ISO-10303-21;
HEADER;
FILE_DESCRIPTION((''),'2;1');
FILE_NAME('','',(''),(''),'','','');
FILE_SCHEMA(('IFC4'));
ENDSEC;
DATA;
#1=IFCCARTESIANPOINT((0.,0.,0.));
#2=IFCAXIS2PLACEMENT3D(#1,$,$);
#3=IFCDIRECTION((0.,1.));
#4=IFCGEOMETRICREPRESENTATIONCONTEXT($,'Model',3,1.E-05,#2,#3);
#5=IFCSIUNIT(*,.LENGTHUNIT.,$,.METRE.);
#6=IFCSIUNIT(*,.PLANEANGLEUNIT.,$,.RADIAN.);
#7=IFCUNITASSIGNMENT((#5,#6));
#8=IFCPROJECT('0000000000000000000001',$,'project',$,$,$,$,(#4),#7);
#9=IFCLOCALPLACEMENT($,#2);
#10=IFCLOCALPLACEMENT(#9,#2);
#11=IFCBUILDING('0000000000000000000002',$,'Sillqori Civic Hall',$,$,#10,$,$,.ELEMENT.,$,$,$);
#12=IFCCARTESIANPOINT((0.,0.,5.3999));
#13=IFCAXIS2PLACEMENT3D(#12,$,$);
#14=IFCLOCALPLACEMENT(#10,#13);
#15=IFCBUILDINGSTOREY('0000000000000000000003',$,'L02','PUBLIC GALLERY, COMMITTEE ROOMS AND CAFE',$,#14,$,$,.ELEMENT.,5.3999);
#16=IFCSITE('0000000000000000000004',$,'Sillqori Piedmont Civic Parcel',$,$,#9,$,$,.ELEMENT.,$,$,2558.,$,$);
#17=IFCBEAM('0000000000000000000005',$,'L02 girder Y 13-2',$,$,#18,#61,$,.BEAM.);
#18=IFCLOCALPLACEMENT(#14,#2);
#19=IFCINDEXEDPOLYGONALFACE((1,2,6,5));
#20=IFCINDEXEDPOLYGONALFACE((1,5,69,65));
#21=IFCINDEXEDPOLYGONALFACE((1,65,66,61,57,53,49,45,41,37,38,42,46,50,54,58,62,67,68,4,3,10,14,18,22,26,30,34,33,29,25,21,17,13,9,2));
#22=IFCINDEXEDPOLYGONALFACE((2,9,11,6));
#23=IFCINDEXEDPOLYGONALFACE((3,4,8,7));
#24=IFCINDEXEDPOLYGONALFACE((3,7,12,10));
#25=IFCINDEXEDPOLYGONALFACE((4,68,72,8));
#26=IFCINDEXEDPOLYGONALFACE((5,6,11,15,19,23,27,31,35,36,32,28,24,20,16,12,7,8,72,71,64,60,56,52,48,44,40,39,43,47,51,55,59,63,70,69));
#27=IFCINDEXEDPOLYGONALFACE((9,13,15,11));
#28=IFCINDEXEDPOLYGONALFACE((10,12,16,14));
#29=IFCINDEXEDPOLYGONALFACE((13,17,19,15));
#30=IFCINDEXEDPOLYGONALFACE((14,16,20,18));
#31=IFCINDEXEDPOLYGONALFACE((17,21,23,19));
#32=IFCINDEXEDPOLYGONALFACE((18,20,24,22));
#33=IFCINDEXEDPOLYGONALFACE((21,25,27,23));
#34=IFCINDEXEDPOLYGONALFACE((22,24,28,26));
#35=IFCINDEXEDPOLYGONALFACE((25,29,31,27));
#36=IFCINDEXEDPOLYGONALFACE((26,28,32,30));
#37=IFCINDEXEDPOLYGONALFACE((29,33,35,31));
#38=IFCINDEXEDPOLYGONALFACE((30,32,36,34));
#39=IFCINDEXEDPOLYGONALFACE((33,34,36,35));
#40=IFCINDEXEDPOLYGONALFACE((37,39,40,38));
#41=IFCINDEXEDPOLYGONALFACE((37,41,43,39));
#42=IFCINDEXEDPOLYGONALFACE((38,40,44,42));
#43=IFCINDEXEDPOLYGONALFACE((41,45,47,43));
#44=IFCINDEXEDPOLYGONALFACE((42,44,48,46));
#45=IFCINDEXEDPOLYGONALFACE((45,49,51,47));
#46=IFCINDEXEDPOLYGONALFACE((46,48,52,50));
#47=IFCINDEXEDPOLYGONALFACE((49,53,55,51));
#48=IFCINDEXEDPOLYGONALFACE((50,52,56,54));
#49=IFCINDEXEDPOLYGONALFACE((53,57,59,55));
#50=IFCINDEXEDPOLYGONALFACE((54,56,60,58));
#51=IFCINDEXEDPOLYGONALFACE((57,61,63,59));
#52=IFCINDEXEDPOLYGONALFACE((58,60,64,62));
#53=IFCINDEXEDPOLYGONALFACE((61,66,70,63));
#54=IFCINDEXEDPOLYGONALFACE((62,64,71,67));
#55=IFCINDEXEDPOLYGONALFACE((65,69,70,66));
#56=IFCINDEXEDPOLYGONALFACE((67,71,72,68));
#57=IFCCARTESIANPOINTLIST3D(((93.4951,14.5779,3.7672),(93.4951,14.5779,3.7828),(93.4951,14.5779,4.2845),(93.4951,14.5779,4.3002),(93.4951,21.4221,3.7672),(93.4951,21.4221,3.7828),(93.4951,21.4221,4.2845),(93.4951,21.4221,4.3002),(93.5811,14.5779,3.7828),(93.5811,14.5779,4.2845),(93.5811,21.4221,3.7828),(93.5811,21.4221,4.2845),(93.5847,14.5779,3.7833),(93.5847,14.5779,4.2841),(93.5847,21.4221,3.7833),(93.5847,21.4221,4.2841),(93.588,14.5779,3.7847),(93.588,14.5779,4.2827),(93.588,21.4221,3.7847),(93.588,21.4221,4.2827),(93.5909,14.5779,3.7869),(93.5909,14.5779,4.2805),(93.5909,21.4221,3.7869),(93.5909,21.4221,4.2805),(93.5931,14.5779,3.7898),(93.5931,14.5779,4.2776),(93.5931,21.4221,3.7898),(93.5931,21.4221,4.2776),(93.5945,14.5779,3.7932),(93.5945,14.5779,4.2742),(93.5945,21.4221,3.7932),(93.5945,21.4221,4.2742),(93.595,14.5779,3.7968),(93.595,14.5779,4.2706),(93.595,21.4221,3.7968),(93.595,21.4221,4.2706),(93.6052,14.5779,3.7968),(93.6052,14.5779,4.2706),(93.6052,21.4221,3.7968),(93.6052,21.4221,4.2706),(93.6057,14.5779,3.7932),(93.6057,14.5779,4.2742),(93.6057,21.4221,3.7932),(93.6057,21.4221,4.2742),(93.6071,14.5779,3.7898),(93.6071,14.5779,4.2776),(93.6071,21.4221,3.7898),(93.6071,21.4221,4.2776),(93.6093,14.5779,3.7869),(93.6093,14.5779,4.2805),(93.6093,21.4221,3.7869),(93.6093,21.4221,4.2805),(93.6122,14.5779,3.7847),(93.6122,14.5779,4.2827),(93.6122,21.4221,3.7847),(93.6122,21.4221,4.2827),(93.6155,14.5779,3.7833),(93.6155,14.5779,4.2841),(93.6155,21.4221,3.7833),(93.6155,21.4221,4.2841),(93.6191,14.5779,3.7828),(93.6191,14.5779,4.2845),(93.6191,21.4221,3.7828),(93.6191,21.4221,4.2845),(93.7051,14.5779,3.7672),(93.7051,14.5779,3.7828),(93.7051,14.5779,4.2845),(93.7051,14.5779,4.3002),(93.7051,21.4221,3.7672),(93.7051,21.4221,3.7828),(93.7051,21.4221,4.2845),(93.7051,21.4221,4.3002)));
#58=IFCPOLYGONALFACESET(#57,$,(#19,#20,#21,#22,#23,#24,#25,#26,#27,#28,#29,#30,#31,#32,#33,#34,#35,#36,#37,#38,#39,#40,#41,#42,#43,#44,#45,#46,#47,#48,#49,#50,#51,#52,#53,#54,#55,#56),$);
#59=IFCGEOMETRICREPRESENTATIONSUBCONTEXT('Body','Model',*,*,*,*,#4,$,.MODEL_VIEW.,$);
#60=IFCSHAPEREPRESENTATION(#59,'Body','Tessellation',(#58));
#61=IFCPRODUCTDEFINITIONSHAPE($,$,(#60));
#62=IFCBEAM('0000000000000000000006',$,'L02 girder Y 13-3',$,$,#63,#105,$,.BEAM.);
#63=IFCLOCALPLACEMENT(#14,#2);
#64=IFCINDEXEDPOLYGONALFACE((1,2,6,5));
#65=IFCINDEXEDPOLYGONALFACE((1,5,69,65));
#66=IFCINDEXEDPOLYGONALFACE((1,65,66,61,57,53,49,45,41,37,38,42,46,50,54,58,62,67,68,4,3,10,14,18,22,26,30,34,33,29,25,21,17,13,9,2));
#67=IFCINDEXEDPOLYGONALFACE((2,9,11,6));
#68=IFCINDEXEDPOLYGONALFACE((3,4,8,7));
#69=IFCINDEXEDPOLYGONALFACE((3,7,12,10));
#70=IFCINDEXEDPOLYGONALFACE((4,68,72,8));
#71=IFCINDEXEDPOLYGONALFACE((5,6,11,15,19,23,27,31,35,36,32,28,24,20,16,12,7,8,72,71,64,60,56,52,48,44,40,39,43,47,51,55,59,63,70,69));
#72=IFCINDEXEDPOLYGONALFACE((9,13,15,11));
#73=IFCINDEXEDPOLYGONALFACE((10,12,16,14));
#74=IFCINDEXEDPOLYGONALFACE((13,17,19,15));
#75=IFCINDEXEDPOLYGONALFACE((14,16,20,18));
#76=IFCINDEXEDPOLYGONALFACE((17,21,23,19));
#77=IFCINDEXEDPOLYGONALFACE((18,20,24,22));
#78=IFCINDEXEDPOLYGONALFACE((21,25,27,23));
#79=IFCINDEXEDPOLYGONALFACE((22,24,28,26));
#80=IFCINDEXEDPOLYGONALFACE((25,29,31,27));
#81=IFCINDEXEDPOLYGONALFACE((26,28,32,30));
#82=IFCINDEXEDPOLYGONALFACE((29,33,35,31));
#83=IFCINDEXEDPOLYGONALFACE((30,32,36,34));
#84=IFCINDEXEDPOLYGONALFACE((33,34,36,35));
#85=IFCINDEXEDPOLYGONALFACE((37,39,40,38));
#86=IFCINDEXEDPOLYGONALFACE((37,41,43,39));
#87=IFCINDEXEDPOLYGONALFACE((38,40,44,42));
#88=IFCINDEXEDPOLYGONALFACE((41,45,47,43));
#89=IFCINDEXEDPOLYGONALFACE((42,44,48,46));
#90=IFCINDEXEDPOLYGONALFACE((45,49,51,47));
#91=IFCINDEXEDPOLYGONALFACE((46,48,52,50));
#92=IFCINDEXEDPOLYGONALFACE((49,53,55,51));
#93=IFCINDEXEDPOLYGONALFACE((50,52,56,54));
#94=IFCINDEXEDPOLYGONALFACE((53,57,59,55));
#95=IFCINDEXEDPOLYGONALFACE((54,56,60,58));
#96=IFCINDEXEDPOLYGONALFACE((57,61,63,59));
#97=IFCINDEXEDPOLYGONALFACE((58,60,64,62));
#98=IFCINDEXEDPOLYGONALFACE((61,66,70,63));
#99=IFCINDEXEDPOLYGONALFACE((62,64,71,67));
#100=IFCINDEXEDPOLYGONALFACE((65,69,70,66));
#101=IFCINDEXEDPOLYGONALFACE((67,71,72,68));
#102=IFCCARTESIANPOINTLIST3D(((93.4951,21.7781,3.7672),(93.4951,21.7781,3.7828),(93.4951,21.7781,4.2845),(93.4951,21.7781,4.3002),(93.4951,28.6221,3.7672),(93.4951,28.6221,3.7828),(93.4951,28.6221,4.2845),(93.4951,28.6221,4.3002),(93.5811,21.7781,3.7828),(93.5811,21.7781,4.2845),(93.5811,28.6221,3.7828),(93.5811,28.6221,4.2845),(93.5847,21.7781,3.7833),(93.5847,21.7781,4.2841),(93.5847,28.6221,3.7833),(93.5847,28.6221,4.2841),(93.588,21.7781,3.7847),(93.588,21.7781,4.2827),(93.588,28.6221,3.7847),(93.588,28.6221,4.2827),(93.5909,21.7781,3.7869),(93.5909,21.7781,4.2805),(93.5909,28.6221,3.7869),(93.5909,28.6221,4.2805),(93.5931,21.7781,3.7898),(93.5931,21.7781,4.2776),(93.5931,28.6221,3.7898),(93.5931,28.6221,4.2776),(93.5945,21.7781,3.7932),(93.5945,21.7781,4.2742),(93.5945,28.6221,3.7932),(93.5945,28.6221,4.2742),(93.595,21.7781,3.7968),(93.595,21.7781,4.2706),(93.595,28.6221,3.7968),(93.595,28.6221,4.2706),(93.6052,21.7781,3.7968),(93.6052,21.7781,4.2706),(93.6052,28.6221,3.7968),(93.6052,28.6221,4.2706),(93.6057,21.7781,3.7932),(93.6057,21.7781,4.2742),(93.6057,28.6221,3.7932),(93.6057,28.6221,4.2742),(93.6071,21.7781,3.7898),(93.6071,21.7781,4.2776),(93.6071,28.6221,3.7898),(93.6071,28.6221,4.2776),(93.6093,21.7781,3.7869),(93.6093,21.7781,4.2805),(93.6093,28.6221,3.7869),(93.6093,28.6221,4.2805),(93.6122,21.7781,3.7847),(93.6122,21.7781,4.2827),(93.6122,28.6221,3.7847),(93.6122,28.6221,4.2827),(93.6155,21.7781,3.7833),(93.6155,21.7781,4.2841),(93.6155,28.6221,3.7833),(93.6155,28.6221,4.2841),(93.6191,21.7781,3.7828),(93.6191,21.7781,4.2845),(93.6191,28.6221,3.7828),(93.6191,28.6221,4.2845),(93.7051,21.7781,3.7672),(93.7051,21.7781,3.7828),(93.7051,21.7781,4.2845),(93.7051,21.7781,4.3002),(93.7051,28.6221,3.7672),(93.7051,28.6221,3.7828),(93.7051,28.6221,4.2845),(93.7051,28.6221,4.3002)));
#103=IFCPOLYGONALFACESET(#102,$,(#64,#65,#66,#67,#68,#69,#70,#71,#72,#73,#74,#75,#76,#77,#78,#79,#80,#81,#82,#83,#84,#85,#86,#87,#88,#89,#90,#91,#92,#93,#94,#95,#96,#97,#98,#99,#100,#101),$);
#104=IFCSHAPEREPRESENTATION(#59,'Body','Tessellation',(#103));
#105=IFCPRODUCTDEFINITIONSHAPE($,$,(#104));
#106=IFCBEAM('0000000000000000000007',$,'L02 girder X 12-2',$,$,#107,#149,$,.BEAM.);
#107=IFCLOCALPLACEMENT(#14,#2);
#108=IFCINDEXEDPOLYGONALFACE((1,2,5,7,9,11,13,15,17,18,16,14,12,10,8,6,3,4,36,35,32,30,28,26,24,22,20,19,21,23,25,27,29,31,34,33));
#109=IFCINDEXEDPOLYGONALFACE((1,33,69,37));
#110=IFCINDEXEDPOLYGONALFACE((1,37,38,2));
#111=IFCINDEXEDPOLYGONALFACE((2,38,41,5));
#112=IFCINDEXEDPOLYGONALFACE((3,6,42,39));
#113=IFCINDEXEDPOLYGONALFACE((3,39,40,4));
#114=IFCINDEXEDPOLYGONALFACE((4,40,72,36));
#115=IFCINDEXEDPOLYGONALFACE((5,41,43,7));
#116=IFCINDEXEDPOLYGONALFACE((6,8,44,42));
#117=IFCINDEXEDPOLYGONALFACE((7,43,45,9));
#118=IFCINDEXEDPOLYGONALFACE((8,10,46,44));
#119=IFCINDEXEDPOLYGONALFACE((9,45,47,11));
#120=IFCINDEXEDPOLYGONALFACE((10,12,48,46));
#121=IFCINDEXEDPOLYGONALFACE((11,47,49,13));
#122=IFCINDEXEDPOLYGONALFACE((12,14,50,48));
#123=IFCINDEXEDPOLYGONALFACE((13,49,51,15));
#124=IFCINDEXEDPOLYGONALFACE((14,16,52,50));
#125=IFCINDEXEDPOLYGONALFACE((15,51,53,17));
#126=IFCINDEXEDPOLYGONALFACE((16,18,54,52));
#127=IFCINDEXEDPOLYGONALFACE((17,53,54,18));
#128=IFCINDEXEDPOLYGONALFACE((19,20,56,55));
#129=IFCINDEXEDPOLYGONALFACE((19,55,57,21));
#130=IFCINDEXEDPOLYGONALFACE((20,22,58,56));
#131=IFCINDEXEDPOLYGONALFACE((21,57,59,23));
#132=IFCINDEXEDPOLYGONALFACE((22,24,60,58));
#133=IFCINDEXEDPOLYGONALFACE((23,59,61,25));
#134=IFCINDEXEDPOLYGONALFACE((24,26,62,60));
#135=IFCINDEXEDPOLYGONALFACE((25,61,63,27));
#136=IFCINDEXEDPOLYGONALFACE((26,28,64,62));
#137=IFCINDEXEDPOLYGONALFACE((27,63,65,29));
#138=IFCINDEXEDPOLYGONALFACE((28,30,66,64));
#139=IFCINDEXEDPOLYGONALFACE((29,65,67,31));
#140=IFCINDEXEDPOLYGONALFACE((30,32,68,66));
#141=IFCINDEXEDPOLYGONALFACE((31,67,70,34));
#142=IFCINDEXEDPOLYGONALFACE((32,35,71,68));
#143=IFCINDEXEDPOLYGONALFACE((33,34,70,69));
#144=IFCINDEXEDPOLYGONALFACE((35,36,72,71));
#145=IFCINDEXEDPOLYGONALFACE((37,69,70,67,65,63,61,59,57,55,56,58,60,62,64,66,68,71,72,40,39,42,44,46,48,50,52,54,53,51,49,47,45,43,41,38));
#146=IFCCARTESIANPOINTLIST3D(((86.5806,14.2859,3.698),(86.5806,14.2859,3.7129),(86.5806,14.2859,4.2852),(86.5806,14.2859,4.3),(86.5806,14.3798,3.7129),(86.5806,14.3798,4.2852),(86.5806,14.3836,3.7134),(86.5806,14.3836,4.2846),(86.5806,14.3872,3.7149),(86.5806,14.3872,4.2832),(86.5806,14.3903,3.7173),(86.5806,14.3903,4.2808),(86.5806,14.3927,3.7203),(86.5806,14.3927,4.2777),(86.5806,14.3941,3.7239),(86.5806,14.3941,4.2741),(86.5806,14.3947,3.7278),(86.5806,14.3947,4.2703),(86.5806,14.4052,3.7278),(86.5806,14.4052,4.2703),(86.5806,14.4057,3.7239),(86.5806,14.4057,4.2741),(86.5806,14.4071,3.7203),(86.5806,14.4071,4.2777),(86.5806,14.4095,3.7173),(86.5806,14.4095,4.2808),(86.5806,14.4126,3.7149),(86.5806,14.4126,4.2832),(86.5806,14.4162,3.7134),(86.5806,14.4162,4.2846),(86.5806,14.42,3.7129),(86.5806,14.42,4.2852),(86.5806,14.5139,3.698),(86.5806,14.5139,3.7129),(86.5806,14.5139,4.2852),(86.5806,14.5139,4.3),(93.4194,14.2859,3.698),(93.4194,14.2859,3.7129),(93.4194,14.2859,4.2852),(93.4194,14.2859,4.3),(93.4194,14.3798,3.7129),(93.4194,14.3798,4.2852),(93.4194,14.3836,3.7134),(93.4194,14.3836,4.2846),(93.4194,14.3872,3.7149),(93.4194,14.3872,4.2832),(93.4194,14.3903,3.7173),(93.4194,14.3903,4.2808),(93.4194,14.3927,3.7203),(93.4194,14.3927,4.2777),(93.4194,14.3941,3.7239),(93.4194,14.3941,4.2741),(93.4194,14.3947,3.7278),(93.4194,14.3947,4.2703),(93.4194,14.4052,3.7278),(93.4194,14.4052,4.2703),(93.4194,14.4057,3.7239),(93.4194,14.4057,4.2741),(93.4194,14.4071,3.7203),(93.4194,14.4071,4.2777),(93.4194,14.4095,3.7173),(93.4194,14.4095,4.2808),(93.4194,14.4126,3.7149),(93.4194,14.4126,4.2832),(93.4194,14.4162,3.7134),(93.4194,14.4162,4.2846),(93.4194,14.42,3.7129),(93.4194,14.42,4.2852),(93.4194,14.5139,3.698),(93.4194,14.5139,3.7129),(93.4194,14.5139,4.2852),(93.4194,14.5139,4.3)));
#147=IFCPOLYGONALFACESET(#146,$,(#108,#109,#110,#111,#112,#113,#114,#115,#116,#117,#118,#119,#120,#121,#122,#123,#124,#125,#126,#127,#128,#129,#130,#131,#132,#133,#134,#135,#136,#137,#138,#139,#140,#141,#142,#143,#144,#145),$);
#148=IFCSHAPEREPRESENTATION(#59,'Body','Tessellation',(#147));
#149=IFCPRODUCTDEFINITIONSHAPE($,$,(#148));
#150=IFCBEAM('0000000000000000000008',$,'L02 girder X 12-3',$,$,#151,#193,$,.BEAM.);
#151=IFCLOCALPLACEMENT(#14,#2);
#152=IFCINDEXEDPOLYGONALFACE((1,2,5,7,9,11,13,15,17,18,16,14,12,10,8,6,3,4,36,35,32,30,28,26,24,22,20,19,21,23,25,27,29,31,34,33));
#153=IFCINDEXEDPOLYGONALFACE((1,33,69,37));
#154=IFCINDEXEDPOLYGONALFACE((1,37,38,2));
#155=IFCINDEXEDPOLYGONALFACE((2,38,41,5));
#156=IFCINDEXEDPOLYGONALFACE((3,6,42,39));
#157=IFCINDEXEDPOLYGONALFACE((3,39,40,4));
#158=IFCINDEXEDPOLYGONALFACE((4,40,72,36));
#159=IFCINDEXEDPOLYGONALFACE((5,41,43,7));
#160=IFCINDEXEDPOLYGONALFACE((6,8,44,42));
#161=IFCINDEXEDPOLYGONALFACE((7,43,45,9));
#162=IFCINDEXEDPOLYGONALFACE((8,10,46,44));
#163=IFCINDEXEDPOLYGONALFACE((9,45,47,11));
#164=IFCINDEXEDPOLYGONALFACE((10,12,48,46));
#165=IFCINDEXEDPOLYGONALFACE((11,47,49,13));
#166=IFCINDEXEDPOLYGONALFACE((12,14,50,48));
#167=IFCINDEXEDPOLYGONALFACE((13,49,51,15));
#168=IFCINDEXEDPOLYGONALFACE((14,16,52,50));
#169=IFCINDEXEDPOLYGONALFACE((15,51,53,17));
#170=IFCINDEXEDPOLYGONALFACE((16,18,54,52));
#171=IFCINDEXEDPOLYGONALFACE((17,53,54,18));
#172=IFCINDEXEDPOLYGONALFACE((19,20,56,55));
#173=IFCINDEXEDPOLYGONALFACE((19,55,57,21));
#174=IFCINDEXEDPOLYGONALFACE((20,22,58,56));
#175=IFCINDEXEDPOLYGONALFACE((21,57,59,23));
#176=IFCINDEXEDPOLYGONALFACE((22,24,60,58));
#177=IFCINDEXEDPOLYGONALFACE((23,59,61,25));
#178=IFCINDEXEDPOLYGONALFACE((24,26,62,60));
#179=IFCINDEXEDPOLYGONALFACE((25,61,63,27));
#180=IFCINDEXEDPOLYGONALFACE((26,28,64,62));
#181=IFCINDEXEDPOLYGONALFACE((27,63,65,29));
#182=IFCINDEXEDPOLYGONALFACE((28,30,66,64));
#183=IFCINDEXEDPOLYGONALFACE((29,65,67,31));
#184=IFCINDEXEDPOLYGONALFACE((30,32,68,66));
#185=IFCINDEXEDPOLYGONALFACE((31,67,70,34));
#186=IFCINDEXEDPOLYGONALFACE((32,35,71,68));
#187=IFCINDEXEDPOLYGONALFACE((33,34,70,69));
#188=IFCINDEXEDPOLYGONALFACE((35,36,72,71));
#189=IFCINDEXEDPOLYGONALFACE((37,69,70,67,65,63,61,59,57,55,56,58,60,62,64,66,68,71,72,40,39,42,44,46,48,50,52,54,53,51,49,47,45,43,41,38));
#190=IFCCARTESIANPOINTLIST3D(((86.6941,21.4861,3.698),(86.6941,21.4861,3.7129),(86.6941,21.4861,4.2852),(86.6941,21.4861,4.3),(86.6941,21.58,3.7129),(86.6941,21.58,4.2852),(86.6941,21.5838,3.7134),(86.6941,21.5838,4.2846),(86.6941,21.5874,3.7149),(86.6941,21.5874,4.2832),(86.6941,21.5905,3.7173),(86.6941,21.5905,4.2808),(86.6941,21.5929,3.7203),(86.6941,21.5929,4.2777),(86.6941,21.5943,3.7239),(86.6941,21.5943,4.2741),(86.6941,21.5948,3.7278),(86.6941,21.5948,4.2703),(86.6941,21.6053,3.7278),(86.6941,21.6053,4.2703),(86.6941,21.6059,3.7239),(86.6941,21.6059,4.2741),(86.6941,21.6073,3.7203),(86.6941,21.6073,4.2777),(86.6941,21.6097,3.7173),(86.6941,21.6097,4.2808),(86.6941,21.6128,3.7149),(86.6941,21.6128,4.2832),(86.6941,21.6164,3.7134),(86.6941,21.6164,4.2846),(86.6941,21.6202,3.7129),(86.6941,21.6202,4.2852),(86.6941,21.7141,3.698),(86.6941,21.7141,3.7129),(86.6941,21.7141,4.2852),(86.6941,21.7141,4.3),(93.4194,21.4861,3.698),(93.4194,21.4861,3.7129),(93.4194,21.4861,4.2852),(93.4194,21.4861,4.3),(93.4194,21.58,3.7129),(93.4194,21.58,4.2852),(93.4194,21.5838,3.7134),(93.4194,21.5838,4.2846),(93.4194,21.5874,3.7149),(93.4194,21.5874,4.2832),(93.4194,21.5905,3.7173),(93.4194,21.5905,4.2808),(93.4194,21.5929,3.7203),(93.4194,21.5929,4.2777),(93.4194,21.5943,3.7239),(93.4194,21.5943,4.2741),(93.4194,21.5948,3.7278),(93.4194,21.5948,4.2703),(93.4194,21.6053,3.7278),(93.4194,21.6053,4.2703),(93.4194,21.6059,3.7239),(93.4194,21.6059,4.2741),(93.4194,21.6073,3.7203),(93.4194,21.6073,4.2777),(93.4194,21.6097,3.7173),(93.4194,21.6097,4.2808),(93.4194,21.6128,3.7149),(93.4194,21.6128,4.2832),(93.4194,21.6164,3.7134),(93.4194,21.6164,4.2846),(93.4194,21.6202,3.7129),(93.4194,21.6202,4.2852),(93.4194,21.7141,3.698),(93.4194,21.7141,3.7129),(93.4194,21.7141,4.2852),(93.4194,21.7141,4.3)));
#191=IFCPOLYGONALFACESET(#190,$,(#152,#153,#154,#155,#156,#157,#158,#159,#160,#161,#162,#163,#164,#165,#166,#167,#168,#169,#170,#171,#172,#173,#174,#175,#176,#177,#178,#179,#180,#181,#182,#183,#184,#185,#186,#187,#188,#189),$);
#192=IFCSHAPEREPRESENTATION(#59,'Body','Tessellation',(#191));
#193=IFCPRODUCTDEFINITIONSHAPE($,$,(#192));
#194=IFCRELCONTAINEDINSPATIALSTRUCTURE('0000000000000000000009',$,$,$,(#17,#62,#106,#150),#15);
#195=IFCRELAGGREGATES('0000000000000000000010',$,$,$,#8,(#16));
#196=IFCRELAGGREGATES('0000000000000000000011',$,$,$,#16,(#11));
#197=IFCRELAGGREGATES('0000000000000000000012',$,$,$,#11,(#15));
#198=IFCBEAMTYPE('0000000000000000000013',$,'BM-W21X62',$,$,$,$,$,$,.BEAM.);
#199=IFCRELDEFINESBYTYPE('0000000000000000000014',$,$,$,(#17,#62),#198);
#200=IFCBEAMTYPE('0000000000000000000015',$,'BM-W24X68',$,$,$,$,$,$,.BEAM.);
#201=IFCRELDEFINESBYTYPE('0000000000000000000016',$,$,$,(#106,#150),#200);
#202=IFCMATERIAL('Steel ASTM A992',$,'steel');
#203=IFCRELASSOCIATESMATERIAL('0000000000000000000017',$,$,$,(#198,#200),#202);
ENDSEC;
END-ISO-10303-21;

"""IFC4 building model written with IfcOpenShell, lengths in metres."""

from ifc_helpers import new_model, si_unit, direction, frame, origin, origin_2d, place, context, subcontext, project, spatial, i_section, extrude, material, material_profile, profile_set, type_object, element, save


model = new_model("IFC4")

# Units and contexts
model_context = context("Model", 3, precision=1e-05, world=origin(), true_north=direction((0.0, 1.0)))
body_context = subcontext(model_context, "Body", "Model", "MODEL_VIEW")
ifc_project = project(units=[si_unit("LENGTHUNIT", "METRE"), si_unit("PLANEANGLEUNIT", "RADIAN")], contexts=[model_context])

# Site, building, storey
site_placement = place(None, origin())
site = spatial("IfcSite", under=ifc_project, at=site_placement, Name="Sillqori Piedmont Civic Parcel", CompositionType="ELEMENT", RefElevation=2558.0)
building_placement = place(site_placement, origin())
building = spatial("IfcBuilding", under=site, at=building_placement, Name="Sillqori Civic Hall", CompositionType="ELEMENT")
storey_placement = place(building_placement, frame((0.0, 0.0, 5.3999)))
storey = spatial("IfcBuildingStorey", under=building, at=storey_placement, Name="L02", Description="PUBLIC GALLERY, COMMITTEE ROOMS AND CAFE", CompositionType="ELEMENT", Elevation=5.3999)

# Shared definitions
ifc_material_1 = material(Name="Steel ASTM A992", Category="steel")

# Beams
ifc_material_profile_1 = material_profile(ifc_material_1, i_section(OverallWidth=0.21, OverallDepth=0.533, WebThickness=0.0103, FlangeThickness=0.0156, FilletRadius=0.0139, at=origin_2d()), Name="W21X62")
ifc_profile_set_1 = profile_set([ifc_material_profile_1], Name="Steel ASTM A992")
beam_type_1 = type_object("IfcBeamType", Name="BM-W21X62", PredefinedType="BEAM", material=ifc_profile_set_1)
beam_1_placement = place(storey_placement, frame((93.6001, 14.5779, 4.0337), z_axis=(0.0, 1.0, 0.0), x_axis=(-1.0, 0.0, 0.0)))
element("IfcBeam", 1, at=beam_1_placement, inside=storey, type_object=beam_type_1, Name="L02 girder Y 13-2", PredefinedType="BEAM", context=body_context, shape_type="SweptSolid", body=[
    extrude(i_section(OverallWidth=0.21, OverallDepth=0.533, WebThickness=0.0103, FlangeThickness=0.0156, FilletRadius=0.0139, at=origin_2d()), origin(), (0.0, 0.0, 1.0), 6.8442),
])
beam_2_placement = place(storey_placement, frame((93.6001, 21.7781, 4.0337), z_axis=(0.0, 1.0, 0.0), x_axis=(-1.0, 0.0, 0.0)))
element("IfcBeam", 2, at=beam_2_placement, inside=storey, type_object=beam_type_1, Name="L02 girder Y 13-3", PredefinedType="BEAM", context=body_context, shape_type="SweptSolid", body=[
    extrude(i_section(OverallWidth=0.21, OverallDepth=0.533, WebThickness=0.0103, FlangeThickness=0.0156, FilletRadius=0.0139, at=origin_2d()), origin(), (0.0, 0.0, 1.0), 6.844),
])
ifc_material_profile_2 = material_profile(ifc_material_1, i_section(OverallWidth=0.228, OverallDepth=0.6021, WebThickness=0.0105, FlangeThickness=0.0149, FilletRadius=0.0149, at=origin_2d()), Name="W24X68")
ifc_profile_set_2 = profile_set([ifc_material_profile_2], Name="Steel ASTM A992")
beam_type_2 = type_object("IfcBeamType", Name="BM-W24X68", PredefinedType="BEAM", material=ifc_profile_set_2)
beam_3_placement = place(storey_placement, frame((86.5806, 14.3999, 3.999), z_axis=(1.0, 0.0, 0.0), x_axis=(0.0, 1.0, 0.0)))
element("IfcBeam", 3, at=beam_3_placement, inside=storey, type_object=beam_type_2, Name="L02 girder X 12-2", PredefinedType="BEAM", context=body_context, shape_type="SweptSolid", body=[
    extrude(i_section(OverallWidth=0.228, OverallDepth=0.6021, WebThickness=0.0105, FlangeThickness=0.0149, FilletRadius=0.0149, at=origin_2d()), origin(), (0.0, 0.0, 1.0), 6.8389),
])
beam_4_placement = place(storey_placement, frame((86.6941, 21.6001, 3.999), z_axis=(1.0, 0.0, 0.0), x_axis=(0.0, 1.0, 0.0)))
element("IfcBeam", 4, at=beam_4_placement, inside=storey, type_object=beam_type_2, Name="L02 girder X 12-3", PredefinedType="BEAM", context=body_context, shape_type="SweptSolid", body=[
    extrude(i_section(OverallWidth=0.228, OverallDepth=0.6021, WebThickness=0.0105, FlangeThickness=0.0149, FilletRadius=0.0149, at=origin_2d()), origin(), (0.0, 0.0, 1.0), 6.7253),
])

save(model, "model.ifc")
